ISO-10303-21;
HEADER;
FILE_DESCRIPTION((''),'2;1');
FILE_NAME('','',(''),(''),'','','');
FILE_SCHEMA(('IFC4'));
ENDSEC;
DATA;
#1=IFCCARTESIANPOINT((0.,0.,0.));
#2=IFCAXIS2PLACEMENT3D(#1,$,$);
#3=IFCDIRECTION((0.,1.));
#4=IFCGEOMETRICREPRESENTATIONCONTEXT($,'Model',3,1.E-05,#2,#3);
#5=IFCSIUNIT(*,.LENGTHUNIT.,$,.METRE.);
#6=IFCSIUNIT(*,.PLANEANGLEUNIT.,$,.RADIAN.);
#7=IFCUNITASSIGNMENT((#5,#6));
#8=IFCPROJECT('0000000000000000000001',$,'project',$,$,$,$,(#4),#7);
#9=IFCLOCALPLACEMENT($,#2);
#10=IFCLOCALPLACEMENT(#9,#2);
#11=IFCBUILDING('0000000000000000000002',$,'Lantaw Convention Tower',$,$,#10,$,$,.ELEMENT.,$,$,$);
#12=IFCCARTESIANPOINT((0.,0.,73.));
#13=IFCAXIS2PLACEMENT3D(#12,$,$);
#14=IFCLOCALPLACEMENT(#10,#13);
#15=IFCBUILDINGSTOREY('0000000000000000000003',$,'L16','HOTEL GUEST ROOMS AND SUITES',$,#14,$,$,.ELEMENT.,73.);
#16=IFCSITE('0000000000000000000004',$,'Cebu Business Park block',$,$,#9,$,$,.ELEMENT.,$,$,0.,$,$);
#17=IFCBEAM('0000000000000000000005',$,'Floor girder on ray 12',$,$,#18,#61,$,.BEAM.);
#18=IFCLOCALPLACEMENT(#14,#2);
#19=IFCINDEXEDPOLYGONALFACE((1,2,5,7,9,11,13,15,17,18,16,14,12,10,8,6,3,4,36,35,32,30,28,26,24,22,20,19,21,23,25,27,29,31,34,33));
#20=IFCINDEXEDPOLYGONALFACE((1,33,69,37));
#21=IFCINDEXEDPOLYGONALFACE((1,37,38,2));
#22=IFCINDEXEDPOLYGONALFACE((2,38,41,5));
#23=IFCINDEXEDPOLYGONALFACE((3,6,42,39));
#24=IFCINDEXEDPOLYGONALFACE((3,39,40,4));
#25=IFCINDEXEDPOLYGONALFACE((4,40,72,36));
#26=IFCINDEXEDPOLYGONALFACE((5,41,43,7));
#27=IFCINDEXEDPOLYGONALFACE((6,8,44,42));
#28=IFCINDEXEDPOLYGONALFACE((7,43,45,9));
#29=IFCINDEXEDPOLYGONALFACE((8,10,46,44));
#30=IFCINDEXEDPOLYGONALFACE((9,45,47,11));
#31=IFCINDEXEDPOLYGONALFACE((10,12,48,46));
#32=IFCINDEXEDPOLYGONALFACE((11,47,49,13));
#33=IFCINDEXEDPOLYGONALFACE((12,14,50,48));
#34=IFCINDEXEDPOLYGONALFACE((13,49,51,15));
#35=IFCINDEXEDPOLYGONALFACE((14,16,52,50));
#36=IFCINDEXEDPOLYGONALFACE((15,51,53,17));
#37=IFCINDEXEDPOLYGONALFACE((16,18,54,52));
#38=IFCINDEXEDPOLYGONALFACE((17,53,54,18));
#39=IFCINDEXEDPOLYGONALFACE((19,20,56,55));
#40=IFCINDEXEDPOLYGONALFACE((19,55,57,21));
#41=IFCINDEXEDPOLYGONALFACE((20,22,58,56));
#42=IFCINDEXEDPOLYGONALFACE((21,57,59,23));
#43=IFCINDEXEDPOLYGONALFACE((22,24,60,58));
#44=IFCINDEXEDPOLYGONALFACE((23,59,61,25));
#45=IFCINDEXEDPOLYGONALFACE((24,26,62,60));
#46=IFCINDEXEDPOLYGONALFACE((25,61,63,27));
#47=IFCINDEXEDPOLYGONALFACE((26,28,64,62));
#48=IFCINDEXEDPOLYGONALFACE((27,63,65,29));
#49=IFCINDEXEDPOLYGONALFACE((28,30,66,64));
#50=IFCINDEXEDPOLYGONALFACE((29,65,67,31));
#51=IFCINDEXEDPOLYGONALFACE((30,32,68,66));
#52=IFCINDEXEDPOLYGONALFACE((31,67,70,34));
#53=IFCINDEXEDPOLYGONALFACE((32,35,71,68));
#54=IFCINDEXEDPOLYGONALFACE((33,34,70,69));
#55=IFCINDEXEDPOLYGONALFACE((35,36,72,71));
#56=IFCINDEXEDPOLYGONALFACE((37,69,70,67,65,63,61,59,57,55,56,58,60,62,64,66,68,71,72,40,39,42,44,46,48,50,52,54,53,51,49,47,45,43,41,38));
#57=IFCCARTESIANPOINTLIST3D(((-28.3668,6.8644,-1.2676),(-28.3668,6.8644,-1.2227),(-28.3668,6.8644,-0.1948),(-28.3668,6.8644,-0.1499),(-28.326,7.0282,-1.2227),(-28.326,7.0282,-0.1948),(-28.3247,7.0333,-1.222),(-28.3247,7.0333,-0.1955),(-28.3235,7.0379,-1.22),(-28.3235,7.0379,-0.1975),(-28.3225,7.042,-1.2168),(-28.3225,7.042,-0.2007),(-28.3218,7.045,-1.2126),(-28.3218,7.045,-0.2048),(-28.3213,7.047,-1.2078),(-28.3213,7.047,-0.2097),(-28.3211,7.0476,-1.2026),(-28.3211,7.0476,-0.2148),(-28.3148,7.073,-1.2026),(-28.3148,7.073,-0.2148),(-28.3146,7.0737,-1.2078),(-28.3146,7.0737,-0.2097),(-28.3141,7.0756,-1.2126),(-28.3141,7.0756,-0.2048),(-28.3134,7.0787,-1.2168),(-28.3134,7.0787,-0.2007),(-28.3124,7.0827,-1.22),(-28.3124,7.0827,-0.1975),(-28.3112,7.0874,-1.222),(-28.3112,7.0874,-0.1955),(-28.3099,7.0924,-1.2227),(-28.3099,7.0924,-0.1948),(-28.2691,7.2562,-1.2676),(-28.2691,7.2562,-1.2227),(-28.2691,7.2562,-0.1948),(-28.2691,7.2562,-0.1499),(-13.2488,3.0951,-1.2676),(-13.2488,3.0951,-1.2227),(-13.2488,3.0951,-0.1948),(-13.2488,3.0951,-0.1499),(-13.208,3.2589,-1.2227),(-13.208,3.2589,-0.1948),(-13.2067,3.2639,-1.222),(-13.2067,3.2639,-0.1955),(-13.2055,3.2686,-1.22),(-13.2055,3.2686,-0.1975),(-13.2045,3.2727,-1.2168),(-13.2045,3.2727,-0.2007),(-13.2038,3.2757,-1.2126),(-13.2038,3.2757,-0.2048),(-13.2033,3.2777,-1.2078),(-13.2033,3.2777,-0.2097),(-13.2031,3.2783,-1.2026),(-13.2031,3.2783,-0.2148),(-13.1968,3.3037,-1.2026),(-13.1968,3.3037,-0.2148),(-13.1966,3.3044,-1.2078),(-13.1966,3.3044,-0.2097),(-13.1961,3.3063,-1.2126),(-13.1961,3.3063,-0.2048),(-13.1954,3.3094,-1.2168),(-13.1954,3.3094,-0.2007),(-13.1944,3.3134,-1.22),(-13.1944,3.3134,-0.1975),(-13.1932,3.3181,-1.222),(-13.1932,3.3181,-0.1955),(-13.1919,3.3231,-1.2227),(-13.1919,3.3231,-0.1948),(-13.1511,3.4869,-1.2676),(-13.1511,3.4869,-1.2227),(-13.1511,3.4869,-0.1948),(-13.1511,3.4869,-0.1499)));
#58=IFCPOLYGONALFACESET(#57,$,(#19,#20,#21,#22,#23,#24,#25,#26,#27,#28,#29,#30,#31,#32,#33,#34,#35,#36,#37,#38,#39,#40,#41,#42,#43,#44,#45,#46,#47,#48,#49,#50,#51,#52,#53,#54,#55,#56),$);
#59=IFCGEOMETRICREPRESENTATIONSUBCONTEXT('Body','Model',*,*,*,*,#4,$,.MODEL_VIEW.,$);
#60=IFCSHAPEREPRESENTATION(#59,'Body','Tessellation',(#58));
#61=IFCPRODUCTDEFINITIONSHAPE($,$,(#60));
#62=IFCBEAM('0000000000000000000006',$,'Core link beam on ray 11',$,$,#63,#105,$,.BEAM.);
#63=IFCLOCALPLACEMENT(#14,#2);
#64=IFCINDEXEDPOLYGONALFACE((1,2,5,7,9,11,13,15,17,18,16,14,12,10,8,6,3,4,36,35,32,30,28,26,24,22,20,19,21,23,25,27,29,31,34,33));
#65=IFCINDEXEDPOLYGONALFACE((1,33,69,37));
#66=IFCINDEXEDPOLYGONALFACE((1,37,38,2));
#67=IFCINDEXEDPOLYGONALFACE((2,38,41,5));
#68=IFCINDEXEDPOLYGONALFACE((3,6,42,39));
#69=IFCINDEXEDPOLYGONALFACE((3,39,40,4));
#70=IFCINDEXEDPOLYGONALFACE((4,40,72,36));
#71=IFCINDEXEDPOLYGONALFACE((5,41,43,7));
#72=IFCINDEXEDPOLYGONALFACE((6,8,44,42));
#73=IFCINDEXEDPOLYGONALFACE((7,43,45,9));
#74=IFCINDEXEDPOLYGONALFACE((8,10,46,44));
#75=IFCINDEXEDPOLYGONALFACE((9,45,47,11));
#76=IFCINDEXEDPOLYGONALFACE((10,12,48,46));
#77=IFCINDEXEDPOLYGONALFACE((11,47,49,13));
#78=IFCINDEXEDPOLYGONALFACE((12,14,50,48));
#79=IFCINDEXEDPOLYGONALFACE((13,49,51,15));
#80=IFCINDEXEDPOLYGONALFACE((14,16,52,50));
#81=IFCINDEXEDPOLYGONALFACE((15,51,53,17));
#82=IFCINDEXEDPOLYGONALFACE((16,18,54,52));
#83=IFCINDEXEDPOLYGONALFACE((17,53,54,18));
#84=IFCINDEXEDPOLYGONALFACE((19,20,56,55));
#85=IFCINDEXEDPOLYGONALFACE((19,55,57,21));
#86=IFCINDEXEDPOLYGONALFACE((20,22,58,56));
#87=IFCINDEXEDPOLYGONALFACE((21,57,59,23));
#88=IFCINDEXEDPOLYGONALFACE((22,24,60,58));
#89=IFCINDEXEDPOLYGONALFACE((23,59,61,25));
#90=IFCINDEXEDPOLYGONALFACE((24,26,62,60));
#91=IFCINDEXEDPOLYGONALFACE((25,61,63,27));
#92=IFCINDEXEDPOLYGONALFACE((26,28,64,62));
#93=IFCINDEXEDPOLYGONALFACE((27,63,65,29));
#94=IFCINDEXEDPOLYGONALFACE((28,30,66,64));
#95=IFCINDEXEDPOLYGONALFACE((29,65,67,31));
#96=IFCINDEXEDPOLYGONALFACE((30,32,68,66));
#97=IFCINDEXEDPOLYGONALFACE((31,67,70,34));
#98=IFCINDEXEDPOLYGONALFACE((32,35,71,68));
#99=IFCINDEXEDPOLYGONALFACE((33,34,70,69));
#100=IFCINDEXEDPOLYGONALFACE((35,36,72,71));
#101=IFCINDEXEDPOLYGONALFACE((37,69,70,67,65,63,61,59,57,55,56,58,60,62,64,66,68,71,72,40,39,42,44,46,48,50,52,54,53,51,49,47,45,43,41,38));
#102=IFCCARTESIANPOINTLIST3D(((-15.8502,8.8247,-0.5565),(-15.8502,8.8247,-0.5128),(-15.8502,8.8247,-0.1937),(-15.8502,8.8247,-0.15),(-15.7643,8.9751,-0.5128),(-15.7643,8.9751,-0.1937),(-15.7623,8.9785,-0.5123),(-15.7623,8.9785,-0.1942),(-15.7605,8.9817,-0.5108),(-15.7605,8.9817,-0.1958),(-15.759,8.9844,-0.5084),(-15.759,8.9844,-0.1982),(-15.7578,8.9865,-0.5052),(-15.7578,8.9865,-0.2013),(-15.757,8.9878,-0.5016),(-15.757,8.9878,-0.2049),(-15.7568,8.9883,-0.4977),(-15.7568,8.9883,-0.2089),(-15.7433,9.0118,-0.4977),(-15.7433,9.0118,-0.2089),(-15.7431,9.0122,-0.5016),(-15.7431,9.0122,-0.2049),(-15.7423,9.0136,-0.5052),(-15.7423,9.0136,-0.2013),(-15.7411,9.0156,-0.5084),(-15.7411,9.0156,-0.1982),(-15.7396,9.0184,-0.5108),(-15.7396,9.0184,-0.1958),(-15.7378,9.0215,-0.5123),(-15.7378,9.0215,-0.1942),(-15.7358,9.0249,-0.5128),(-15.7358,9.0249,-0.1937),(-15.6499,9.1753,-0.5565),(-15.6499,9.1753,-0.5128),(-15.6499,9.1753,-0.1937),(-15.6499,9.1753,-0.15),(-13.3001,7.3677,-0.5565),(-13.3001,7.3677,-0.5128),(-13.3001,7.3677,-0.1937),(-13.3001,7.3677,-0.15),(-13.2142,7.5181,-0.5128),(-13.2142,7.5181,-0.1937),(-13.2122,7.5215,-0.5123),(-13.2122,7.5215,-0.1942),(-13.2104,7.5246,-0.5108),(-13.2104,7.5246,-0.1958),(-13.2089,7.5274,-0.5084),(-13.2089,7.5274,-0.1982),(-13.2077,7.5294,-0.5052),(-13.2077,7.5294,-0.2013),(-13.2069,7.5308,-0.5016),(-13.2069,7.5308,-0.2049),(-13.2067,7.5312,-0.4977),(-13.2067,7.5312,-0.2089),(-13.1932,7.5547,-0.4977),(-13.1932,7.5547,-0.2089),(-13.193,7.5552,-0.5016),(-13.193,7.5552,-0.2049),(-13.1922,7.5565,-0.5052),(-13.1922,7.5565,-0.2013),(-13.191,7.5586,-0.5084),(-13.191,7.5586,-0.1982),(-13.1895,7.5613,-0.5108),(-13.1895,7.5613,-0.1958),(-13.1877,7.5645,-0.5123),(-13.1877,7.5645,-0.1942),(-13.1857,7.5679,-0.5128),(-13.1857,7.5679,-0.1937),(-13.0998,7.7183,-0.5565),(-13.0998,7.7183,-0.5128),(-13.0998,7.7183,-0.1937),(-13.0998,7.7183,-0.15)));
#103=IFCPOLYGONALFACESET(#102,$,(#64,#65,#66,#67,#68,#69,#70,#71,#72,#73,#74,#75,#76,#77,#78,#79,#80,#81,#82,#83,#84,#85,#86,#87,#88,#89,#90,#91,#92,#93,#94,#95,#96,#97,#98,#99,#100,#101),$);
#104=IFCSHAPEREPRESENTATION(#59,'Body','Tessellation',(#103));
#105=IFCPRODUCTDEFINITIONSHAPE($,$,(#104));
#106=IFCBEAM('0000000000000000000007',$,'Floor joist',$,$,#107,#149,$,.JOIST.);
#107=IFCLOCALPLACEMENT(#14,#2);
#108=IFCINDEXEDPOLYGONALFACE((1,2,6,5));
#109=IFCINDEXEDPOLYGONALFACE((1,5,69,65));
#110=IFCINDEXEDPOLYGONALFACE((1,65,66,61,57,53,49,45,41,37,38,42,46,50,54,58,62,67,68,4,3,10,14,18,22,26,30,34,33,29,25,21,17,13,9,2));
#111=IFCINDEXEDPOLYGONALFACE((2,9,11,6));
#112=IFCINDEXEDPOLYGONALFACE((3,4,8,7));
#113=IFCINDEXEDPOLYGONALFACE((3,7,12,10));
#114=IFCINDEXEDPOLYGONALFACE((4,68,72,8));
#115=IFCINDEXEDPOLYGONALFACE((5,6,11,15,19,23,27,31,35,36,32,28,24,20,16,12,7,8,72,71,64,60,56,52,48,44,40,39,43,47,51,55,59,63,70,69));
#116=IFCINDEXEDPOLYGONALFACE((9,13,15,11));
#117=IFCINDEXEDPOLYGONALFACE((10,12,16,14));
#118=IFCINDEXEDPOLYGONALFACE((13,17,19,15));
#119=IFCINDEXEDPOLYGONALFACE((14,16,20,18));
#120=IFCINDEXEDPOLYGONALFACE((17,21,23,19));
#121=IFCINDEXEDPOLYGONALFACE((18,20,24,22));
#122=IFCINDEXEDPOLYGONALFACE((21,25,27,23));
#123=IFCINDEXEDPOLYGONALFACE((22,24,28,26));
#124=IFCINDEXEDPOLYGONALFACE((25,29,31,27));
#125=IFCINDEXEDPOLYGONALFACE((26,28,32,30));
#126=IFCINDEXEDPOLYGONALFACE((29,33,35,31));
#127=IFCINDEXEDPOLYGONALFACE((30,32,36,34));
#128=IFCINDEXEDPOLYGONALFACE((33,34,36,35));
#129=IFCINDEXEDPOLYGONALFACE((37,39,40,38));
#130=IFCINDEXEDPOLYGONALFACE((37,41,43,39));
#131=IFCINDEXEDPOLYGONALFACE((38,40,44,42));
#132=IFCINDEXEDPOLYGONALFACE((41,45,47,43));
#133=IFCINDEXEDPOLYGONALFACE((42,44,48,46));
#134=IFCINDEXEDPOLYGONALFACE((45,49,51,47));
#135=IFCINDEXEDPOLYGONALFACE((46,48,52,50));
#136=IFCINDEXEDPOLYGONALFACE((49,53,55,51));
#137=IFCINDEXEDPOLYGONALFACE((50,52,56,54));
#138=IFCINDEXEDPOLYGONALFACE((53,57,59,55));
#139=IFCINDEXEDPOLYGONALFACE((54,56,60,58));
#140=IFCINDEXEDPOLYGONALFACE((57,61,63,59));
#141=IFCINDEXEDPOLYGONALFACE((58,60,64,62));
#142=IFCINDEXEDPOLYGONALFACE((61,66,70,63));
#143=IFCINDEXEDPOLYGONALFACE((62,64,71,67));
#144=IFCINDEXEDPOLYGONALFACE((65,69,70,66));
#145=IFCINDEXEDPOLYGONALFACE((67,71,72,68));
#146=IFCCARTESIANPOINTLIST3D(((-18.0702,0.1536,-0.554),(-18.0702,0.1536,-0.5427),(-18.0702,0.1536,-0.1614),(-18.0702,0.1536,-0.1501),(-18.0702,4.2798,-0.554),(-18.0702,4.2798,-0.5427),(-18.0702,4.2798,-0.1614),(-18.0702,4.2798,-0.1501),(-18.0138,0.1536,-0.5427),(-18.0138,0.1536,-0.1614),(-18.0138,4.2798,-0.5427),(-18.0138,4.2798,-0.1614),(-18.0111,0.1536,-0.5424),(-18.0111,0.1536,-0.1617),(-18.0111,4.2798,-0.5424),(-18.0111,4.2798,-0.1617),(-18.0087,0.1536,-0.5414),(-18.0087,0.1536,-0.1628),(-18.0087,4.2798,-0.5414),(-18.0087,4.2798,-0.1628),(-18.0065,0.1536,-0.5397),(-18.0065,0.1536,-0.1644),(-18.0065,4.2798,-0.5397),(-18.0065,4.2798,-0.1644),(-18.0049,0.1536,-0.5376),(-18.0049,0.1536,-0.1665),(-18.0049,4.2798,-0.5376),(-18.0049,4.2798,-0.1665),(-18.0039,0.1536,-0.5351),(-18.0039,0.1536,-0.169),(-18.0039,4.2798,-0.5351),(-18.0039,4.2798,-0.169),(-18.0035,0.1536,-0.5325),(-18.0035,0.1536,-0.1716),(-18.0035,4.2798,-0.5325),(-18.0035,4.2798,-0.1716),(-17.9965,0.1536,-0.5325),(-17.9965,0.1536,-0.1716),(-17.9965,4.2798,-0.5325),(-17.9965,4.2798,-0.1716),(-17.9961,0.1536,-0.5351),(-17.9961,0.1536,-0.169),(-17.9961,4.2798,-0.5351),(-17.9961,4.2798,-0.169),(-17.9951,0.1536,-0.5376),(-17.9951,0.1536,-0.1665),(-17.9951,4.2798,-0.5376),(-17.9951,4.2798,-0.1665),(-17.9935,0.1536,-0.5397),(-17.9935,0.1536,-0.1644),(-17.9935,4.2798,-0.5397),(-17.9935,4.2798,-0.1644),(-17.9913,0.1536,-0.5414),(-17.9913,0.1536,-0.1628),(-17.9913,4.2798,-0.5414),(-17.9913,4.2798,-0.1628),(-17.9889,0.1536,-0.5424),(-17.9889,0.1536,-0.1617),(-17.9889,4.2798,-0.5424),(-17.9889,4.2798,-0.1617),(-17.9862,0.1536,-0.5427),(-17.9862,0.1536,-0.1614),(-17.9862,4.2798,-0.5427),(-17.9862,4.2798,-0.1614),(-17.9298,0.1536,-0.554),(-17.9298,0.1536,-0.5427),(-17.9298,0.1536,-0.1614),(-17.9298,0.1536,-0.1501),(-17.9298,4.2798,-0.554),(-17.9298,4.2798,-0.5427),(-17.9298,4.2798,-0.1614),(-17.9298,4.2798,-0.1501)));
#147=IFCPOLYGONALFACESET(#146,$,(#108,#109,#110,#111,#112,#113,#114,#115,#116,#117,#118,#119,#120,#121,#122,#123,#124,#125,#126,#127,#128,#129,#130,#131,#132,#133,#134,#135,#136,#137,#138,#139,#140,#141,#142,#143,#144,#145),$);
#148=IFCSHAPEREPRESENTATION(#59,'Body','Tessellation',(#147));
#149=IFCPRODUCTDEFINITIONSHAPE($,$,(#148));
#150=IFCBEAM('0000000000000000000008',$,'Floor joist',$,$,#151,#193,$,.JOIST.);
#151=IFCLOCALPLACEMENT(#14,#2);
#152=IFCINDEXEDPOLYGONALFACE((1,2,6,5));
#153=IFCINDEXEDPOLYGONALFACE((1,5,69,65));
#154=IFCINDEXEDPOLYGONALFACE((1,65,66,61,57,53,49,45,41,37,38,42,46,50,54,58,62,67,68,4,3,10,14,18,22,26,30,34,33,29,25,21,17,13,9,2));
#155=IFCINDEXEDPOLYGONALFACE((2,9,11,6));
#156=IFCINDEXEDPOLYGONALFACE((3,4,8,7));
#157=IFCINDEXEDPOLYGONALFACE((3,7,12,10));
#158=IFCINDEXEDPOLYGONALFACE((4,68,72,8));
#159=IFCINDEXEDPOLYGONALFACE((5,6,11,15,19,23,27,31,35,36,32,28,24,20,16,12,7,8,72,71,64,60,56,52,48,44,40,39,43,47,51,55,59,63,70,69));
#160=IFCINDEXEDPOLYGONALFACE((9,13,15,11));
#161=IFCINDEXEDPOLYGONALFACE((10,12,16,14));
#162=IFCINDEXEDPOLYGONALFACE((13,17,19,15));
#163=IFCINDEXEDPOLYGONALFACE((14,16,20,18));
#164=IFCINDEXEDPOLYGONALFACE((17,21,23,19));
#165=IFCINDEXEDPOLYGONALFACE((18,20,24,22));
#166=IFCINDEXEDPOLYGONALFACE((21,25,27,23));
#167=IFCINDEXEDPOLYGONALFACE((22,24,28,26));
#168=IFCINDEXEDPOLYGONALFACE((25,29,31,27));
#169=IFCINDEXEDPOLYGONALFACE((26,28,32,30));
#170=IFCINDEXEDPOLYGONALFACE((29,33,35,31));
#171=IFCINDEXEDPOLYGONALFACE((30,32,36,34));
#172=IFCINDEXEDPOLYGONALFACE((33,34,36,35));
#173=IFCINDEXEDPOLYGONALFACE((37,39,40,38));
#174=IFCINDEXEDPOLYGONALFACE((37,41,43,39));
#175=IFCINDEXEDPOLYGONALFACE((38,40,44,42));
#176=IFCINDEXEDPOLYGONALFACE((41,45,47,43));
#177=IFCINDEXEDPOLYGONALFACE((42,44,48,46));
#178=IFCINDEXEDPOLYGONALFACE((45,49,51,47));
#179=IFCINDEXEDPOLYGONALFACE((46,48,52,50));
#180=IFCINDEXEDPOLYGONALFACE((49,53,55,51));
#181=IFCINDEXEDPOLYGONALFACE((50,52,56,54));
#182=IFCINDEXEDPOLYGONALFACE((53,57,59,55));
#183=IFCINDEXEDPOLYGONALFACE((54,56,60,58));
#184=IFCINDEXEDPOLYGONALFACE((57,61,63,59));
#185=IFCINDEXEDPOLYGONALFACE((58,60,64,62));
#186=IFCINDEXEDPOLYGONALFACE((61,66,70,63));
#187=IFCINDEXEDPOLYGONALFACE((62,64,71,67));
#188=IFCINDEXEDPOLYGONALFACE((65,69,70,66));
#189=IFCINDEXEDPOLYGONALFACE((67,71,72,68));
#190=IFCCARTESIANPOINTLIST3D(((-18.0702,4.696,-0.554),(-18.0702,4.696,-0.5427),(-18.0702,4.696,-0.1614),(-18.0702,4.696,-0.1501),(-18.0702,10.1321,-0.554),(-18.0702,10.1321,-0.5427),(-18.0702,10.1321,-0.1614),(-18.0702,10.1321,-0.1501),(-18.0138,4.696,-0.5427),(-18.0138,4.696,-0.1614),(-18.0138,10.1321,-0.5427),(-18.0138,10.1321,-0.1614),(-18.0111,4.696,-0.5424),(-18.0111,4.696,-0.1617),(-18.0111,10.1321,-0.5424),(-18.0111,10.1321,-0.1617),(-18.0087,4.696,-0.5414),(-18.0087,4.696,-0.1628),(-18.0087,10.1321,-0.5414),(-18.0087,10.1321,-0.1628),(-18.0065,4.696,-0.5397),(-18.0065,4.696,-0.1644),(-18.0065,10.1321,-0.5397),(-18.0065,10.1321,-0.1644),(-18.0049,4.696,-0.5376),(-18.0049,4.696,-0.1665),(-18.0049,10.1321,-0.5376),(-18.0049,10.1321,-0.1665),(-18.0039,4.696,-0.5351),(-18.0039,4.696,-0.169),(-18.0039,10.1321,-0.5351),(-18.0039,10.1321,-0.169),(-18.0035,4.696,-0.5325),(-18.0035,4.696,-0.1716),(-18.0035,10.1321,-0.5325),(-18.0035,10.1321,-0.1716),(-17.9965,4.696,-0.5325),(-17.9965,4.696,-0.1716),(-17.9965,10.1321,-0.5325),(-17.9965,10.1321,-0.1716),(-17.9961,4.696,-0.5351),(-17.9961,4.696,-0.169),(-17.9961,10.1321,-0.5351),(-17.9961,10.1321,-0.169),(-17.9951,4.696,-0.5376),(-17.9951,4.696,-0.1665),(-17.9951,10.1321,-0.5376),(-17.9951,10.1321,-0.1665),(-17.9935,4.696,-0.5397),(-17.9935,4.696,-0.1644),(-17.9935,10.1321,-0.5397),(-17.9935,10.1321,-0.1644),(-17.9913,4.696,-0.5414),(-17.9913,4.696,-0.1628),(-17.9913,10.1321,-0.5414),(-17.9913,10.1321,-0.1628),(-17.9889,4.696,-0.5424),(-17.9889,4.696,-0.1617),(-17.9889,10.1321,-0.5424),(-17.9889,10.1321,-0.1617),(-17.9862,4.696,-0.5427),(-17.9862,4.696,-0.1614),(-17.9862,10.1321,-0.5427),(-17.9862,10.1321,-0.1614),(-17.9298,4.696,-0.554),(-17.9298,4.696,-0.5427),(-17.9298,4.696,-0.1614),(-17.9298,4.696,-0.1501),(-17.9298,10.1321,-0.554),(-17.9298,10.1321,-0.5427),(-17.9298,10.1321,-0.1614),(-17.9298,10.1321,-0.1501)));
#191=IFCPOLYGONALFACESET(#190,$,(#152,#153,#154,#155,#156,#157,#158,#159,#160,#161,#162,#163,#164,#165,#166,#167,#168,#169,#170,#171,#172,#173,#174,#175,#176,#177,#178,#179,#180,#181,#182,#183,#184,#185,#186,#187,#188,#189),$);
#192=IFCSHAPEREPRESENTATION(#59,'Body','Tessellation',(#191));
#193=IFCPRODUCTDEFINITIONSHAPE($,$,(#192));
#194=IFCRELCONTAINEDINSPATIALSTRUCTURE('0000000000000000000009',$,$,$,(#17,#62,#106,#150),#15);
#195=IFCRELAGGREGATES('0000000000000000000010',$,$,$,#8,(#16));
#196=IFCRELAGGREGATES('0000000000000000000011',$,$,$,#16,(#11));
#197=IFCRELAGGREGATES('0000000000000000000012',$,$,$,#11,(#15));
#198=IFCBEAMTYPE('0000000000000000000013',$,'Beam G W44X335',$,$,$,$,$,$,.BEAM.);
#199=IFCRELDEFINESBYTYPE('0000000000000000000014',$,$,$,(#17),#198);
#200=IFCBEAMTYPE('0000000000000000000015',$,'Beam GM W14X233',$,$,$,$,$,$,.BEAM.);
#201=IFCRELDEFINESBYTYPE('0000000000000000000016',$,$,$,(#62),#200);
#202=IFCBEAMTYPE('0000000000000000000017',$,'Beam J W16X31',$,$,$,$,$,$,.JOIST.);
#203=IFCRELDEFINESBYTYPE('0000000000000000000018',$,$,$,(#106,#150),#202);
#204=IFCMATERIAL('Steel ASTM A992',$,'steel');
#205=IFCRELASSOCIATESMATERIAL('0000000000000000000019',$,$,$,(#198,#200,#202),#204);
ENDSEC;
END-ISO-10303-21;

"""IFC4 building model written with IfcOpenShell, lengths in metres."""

from ifc_helpers import new_model, si_unit, direction, frame, origin, origin_2d, place, context, subcontext, project, spatial, i_section, extrude, material, material_profile, profile_set, type_object, element, save


model = new_model("IFC4")

# Units and contexts
model_context = context("Model", 3, precision=1e-05, world=origin(), true_north=direction((0.0, 1.0)))
body_context = subcontext(model_context, "Body", "Model", "MODEL_VIEW")
ifc_project = project(units=[si_unit("LENGTHUNIT", "METRE"), si_unit("PLANEANGLEUNIT", "RADIAN")], contexts=[model_context])

# Site, building, storey
site_placement = place(None, origin())
site = spatial("IfcSite", under=ifc_project, at=site_placement, Name="Cebu Business Park block", CompositionType="ELEMENT", RefElevation=0.0)
building_placement = place(site_placement, origin())
building = spatial("IfcBuilding", under=site, at=building_placement, Name="Lantaw Convention Tower", CompositionType="ELEMENT")
storey_placement = place(building_placement, frame((0.0, 0.0, 73.0)))
storey = spatial("IfcBuildingStorey", under=building, at=storey_placement, Name="L16", Description="HOTEL GUEST ROOMS AND SUITES", CompositionType="ELEMENT", Elevation=73.0)

# Beams
ifc_material_1 = material(Name="Steel ASTM A992", Category="steel")
ifc_material_profile_1 = material_profile(ifc_material_1, i_section(OverallWidth=0.4038, OverallDepth=1.1177, WebThickness=0.0261, FlangeThickness=0.0449, FilletRadius=0.02, at=origin_2d()), Name="W44X335")
ifc_profile_set_1 = profile_set([ifc_material_profile_1], Name="Steel ASTM A992")
beam_type_1 = type_object("IfcBeamType", Name="Beam G W44X335", PredefinedType="BEAM", material=ifc_profile_set_1)
beam_1_placement = place(storey_placement, frame((-13.2, 3.291, -0.7087), z_axis=(-0.970296, 0.24192, 0.0), x_axis=(-0.24192, -0.970296, 0.0)))
element("IfcBeam", 1, at=beam_1_placement, inside=storey, type_object=beam_type_1, Name="Floor girder on ray 12", PredefinedType="BEAM", context=body_context, shape_type="SweptSolid", body=[
    extrude(i_section(OverallWidth=0.4038, OverallDepth=1.1177, WebThickness=0.0261, FlangeThickness=0.0449, FilletRadius=0.02, at=origin_2d()), origin(), (0.0, 0.0, 1.0), 15.5808),
])
ifc_material_profile_2 = material_profile(ifc_material_1, i_section(OverallWidth=0.4038, OverallDepth=0.4065, WebThickness=0.0271, FlangeThickness=0.0437, FilletRadius=0.0151, at=origin_2d()), Name="W14X233")
ifc_profile_set_2 = profile_set([ifc_material_profile_2], Name="Steel ASTM A992")
beam_type_2 = type_object("IfcBeamType", Name="Beam GM W14X233", PredefinedType="BEAM", material=ifc_profile_set_2)
beam_2_placement = place(storey_placement, frame((-13.2, 7.543, -0.3533), z_axis=(-0.868264, 0.496103, 0.0), x_axis=(-0.496103, -0.868264, 0.0)))
element("IfcBeam", 2, at=beam_2_placement, inside=storey, type_object=beam_type_2, Name="Core link beam on ray 11", PredefinedType="BEAM", context=body_context, shape_type="SweptSolid", body=[
    extrude(i_section(OverallWidth=0.4038, OverallDepth=0.4065, WebThickness=0.0271, FlangeThickness=0.0437, FilletRadius=0.0151, at=origin_2d()), origin(), (0.0, 0.0, 1.0), 2.937),
])
ifc_material_profile_3 = material_profile(ifc_material_1, i_section(OverallWidth=0.1404, OverallDepth=0.4038, WebThickness=0.0071, FlangeThickness=0.0112, FilletRadius=0.0103, at=origin_2d()), Name="W16X31")
ifc_profile_set_3 = profile_set([ifc_material_profile_3], Name="Steel ASTM A992")
beam_type_3 = type_object("IfcBeamType", Name="Beam J W16X31", PredefinedType="JOIST", material=ifc_profile_set_3)
beam_3_placement = place(storey_placement, frame((-18.0, 0.1536, -0.3521), z_axis=(0.0, 1.0, 0.0), x_axis=(-1.0, 0.0, 0.0)))
element("IfcBeam", 3, at=beam_3_placement, inside=storey, type_object=beam_type_3, Name="Floor joist", PredefinedType="JOIST", context=body_context, shape_type="SweptSolid", body=[
    extrude(i_section(OverallWidth=0.1404, OverallDepth=0.4038, WebThickness=0.0071, FlangeThickness=0.0112, FilletRadius=0.0103, at=origin_2d()), origin(), (0.0, 0.0, 1.0), 4.1262),
])
beam_4_placement = place(storey_placement, frame((-18.0, 4.696, -0.3521), z_axis=(0.0, 1.0, 0.0), x_axis=(-1.0, 0.0, 0.0)))
element("IfcBeam", 4, at=beam_4_placement, inside=storey, type_object=beam_type_3, Name="Floor joist", PredefinedType="JOIST", context=body_context, shape_type="SweptSolid", body=[
    extrude(i_section(OverallWidth=0.1404, OverallDepth=0.4038, WebThickness=0.0071, FlangeThickness=0.0112, FilletRadius=0.0103, at=origin_2d()), origin(), (0.0, 0.0, 1.0), 5.436),
])

save(model, "model.ifc")
